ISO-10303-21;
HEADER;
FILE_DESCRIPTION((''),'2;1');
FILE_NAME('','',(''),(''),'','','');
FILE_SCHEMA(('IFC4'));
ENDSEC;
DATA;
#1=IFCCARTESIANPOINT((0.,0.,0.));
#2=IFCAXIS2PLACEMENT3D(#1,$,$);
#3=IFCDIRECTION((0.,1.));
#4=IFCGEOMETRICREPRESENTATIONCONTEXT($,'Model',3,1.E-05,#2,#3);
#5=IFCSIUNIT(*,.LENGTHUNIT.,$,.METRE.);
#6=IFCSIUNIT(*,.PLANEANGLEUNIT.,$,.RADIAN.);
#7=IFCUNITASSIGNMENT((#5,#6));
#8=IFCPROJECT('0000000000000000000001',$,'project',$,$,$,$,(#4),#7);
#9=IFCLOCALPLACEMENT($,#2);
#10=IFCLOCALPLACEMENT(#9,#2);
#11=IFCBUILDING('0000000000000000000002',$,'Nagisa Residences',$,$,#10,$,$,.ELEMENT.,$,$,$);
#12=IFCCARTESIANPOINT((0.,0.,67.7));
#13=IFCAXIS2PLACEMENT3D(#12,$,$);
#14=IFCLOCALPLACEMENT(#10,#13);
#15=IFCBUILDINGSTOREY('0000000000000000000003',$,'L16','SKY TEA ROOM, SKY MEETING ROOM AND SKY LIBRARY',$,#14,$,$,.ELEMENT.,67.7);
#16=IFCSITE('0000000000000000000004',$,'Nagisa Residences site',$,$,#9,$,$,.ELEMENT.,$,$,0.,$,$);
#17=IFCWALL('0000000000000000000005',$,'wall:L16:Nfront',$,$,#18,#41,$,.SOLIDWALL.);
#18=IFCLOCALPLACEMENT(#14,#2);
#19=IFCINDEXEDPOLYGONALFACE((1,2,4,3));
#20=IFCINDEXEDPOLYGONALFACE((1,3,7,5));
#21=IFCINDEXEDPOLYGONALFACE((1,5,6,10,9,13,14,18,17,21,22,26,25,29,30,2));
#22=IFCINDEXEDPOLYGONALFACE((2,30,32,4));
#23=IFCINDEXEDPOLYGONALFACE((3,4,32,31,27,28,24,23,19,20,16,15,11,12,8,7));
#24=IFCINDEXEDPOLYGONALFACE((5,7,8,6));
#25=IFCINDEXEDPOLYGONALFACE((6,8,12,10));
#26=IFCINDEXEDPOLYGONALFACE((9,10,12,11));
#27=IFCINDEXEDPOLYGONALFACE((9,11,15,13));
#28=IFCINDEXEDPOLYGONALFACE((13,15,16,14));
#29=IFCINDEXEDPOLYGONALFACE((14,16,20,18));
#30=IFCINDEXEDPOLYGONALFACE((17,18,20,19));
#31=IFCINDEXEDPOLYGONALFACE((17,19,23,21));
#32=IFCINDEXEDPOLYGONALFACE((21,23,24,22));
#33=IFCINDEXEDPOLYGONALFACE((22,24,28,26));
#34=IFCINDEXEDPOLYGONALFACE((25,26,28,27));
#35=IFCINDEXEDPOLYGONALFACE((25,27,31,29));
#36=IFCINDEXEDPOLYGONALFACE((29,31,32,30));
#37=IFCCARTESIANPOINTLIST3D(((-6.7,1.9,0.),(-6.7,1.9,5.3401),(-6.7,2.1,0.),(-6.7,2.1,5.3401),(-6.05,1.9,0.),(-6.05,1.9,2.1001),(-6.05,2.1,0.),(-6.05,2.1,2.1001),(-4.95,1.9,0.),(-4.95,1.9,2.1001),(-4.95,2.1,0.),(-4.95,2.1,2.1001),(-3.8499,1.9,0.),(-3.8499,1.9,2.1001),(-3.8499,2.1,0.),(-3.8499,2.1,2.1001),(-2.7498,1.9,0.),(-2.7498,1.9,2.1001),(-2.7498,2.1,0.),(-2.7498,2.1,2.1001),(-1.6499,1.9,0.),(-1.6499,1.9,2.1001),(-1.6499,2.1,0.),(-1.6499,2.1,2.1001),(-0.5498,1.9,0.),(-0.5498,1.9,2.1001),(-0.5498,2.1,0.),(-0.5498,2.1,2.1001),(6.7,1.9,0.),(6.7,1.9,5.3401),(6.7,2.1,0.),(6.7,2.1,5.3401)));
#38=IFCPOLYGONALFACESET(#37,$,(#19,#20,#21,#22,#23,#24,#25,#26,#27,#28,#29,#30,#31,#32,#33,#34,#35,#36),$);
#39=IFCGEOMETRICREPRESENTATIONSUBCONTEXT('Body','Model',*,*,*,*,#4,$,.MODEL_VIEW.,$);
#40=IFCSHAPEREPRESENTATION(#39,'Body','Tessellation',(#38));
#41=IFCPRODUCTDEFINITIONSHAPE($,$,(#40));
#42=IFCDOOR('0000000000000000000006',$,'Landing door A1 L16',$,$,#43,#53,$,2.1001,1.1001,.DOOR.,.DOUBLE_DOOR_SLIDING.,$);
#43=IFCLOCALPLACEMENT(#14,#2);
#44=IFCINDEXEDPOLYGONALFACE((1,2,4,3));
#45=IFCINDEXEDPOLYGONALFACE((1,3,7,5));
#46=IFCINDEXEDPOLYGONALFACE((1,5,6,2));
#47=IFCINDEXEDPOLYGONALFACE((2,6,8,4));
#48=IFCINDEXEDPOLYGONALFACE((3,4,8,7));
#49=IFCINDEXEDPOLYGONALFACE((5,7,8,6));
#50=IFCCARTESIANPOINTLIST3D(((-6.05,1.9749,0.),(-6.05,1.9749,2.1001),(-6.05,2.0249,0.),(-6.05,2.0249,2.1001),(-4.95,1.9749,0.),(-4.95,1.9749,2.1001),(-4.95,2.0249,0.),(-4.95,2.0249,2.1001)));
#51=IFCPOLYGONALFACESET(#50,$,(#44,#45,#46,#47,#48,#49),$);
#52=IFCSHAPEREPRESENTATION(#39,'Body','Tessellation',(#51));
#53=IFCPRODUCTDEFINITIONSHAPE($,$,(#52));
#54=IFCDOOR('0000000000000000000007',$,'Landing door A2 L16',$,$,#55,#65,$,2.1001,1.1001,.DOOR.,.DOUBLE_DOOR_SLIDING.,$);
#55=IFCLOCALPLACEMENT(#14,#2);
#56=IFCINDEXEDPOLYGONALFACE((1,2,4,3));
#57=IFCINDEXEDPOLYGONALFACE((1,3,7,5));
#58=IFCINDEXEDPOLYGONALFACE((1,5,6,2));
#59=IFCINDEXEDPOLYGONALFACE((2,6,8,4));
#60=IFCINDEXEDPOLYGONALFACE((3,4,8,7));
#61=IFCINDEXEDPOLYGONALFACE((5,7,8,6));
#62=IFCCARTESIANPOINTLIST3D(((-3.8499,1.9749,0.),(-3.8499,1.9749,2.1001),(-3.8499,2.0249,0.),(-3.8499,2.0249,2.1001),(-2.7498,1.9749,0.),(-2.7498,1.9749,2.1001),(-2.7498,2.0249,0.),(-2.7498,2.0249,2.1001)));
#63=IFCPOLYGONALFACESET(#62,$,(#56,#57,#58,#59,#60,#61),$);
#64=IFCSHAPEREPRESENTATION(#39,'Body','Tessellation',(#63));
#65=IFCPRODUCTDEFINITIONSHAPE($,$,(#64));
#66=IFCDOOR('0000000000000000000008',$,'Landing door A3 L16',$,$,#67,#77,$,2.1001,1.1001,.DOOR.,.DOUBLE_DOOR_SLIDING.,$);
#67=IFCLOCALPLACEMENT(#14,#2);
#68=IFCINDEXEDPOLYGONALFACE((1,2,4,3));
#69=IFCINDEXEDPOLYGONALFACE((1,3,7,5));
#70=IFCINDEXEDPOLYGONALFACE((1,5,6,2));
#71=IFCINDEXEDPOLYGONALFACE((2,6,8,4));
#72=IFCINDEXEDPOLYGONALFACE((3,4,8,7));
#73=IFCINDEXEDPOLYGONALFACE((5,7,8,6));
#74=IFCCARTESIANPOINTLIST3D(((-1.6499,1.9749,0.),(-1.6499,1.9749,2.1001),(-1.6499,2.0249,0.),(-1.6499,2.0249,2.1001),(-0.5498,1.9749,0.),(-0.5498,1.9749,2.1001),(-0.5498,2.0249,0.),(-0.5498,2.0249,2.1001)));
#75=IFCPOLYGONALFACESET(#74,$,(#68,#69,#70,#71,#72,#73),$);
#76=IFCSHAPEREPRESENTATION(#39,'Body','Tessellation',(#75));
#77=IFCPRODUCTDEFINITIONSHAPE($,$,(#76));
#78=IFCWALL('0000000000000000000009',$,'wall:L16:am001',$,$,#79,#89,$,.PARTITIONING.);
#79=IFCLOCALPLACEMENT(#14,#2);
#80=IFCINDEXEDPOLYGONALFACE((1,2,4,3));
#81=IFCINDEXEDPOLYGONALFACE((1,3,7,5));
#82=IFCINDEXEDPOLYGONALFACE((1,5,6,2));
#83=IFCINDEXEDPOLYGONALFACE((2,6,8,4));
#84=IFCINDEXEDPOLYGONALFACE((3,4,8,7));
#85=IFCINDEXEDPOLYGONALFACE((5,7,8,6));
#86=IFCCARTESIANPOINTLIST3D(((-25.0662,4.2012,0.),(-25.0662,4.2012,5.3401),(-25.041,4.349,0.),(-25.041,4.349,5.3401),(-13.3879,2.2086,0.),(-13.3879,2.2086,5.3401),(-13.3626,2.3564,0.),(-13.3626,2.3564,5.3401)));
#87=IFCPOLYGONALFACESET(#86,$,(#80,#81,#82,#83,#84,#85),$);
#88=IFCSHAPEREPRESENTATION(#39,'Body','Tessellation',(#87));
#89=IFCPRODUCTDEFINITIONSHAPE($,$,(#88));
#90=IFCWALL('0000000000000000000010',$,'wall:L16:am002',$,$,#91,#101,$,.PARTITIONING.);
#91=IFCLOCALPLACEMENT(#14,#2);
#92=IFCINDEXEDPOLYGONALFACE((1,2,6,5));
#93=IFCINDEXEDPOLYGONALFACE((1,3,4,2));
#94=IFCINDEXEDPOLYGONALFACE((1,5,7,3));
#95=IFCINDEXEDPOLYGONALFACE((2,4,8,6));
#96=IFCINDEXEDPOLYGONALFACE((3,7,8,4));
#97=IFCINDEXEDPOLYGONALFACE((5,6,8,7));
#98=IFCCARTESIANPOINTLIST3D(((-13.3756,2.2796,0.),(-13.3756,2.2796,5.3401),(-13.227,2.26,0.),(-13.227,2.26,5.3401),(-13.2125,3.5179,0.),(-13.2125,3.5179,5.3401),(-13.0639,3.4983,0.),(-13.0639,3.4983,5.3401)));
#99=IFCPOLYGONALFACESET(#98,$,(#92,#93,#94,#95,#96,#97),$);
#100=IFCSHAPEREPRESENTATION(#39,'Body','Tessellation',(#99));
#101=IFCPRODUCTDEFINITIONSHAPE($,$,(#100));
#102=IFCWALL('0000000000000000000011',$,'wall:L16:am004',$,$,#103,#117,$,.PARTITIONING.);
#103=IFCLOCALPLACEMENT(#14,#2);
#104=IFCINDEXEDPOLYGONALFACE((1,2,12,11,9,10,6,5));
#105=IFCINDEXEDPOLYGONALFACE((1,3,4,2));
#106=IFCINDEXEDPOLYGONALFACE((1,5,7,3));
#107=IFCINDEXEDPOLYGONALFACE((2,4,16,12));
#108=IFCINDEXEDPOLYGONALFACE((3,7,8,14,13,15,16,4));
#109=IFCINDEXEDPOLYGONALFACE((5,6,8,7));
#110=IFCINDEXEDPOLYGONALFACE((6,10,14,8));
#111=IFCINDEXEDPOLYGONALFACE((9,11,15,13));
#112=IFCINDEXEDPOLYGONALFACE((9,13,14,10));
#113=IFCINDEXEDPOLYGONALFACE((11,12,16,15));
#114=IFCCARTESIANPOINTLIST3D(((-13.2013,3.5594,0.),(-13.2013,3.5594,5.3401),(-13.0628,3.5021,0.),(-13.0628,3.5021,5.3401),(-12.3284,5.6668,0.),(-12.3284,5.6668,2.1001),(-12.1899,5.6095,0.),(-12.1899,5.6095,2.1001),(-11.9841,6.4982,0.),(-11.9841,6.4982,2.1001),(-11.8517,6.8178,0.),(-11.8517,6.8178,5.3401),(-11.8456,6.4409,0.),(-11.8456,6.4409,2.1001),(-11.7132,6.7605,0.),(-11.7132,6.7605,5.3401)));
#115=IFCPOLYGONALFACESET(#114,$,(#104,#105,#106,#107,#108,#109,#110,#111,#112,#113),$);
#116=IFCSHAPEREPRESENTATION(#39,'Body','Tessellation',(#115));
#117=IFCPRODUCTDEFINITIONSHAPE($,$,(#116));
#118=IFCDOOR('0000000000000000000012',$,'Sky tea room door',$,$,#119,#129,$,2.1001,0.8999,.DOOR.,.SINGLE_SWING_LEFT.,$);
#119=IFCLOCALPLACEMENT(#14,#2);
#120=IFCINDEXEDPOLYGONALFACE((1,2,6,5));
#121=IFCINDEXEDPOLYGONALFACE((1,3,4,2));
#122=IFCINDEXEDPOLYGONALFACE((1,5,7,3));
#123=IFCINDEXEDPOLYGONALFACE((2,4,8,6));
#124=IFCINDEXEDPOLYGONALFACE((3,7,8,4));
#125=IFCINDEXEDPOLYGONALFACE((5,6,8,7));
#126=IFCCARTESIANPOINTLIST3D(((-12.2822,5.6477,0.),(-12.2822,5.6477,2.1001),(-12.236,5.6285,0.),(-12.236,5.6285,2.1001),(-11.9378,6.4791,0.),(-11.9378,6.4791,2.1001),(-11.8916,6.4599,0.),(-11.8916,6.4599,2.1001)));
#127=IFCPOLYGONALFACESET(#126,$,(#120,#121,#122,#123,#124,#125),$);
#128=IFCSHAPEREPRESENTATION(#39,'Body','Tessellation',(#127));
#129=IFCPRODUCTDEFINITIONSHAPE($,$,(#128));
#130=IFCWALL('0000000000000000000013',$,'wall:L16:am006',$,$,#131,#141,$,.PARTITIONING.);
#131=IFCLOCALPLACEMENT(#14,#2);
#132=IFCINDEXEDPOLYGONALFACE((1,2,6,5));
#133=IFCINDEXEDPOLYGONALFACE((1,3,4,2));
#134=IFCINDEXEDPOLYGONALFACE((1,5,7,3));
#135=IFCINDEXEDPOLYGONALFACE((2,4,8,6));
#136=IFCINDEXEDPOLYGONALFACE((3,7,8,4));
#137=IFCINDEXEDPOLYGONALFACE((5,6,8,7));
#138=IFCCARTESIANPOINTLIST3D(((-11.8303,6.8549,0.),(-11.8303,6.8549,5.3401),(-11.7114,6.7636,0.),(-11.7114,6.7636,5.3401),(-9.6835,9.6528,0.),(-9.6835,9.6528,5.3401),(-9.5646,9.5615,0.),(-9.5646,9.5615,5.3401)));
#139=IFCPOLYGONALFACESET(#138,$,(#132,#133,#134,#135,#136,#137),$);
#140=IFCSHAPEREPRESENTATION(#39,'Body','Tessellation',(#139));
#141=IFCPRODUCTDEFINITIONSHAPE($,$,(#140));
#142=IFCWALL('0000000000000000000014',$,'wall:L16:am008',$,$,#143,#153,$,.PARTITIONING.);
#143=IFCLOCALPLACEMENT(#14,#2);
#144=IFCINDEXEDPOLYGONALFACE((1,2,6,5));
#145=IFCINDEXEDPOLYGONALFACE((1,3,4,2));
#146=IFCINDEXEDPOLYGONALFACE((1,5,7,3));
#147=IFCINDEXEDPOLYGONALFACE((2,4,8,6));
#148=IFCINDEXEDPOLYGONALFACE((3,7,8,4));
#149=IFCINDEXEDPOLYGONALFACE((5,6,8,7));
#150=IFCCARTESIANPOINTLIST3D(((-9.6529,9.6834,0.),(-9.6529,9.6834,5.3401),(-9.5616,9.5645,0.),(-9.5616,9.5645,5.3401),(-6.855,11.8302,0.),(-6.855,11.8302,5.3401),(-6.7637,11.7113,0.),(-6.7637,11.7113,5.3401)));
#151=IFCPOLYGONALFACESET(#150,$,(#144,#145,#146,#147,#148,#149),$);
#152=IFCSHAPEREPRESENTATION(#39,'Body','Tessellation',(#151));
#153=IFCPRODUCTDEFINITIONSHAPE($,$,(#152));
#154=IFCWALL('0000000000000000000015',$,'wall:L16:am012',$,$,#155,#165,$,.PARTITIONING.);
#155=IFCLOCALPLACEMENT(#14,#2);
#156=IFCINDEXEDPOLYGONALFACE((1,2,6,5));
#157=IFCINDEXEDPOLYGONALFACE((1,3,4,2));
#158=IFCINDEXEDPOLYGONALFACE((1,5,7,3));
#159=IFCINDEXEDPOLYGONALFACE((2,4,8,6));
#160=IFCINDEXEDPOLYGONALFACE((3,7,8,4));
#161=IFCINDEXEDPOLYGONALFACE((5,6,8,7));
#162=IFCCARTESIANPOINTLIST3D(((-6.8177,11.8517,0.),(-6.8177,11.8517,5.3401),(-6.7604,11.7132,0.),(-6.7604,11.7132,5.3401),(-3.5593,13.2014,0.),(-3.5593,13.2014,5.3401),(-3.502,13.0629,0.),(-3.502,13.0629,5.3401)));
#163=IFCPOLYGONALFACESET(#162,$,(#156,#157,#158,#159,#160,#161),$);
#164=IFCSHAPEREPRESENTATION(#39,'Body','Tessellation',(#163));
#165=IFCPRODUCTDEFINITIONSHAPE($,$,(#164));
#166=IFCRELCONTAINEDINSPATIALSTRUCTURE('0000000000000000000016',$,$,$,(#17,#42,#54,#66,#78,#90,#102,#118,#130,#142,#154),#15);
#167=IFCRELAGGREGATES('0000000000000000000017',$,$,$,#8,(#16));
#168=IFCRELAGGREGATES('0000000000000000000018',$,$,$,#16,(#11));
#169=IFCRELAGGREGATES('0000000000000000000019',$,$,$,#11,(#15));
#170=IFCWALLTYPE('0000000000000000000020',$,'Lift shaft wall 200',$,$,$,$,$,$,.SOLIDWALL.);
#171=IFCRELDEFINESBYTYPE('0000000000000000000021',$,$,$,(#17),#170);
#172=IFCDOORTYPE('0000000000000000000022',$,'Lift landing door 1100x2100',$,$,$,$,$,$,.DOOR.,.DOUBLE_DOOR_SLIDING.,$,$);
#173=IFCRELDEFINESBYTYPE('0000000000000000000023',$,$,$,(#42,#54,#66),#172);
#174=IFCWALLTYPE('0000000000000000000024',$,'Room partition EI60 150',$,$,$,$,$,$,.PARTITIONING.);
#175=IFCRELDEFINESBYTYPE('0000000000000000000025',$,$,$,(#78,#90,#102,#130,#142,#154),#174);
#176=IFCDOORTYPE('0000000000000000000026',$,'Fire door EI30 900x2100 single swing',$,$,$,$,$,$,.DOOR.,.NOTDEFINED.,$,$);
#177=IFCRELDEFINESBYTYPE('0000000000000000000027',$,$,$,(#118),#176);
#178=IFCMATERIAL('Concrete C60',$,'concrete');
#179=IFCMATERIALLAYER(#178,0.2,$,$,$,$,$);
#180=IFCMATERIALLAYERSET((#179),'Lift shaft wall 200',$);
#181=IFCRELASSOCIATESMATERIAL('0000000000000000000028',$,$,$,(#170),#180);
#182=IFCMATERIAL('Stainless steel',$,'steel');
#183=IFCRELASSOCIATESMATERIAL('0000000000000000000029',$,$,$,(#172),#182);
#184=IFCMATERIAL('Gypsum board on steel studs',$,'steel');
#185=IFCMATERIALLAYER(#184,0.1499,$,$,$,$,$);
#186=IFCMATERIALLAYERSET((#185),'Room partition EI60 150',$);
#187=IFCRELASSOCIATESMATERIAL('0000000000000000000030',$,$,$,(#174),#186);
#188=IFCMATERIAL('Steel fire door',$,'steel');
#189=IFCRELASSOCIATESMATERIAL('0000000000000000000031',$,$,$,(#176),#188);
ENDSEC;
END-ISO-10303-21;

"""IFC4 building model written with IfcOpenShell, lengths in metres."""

from ifc_helpers import new_model, si_unit, direction, frame, frame_2d, origin, place, context, subcontext, project, spatial, rectangle, extrude, material, layer, layer_set, type_object, element, fill, save


model = new_model("IFC4")

# Units and contexts
model_context = context("Model", 3, precision=1e-05, world=origin(), true_north=direction((0.0, 1.0)))
body_context = subcontext(model_context, "Body", "Model", "MODEL_VIEW")
ifc_project = project(units=[si_unit("LENGTHUNIT", "METRE"), si_unit("PLANEANGLEUNIT", "RADIAN")], contexts=[model_context])

# Site, building, storey
site_placement = place(None, origin())
site = spatial("IfcSite", under=ifc_project, at=site_placement, Name="Nagisa Residences site", CompositionType="ELEMENT", RefElevation=0.0)
building_placement = place(site_placement, origin())
building = spatial("IfcBuilding", under=site, at=building_placement, Name="Nagisa Residences", CompositionType="ELEMENT")
storey_placement = place(building_placement, frame((0.0, 0.0, 67.7)))
storey = spatial("IfcBuildingStorey", under=building, at=storey_placement, Name="L16", Description="SKY TEA ROOM, SKY MEETING ROOM AND SKY LIBRARY", CompositionType="ELEMENT", Elevation=67.7)

# Wall, openings, doors
ifc_material_1 = material(Name="Concrete C60", Category="concrete")
ifc_layer_1 = layer(ifc_material_1, 0.2)
ifc_layer_set_1 = layer_set([ifc_layer_1], Name="Lift shaft wall 200")
wall_type_1 = type_object("IfcWallType", Name="Lift shaft wall 200", PredefinedType="SOLIDWALL", material=ifc_layer_set_1)
wall_1_placement = place(storey_placement, frame((-6.7, 2.0, 0.0), z_axis=(0.0, 0.0, 1.0), x_axis=(1.0, 0.0, 0.0)))
wall_1 = element("IfcWall", 1, at=wall_1_placement, inside=storey, type_object=wall_type_1, Name="wall:L16:Nfront", PredefinedType="SOLIDWALL", context=body_context, shape_type="SweptSolid", body=[
    extrude(rectangle(XDim=13.3999, YDim=0.2, at=frame_2d((6.7, 0.0))), origin(), (0.0, 0.0, 1.0), 5.3401),
])
opening_1_placement = place(wall_1_placement, frame((0.6499, 0.0, 0.0)))
opening_1 = element("IfcOpeningElement", 2, at=opening_1_placement, cuts=wall_1, PredefinedType="OPENING", context=body_context, shape_type="SweptSolid", body=[
    extrude(rectangle(XDim=1.1001, YDim=2.1001, at=frame_2d((0.55, 1.05))), frame((0.0, 0.1099, 0.0), z_axis=(0.0, -1.0, 0.0), x_axis=(1.0, 0.0, 0.0)), (0.0, 0.0, 1.0), 0.22),
])
opening_2_placement = place(wall_1_placement, frame((2.8501, 0.0, 0.0)))
opening_2 = element("IfcOpeningElement", 3, at=opening_2_placement, cuts=wall_1, PredefinedType="OPENING", context=body_context, shape_type="SweptSolid", body=[
    extrude(rectangle(XDim=1.1001, YDim=2.1001, at=frame_2d((0.55, 1.05))), frame((0.0, 0.1099, 0.0), z_axis=(0.0, -1.0, 0.0), x_axis=(1.0, 0.0, 0.0)), (0.0, 0.0, 1.0), 0.22),
])
opening_3_placement = place(wall_1_placement, frame((5.05, 0.0, 0.0)))
opening_3 = element("IfcOpeningElement", 4, at=opening_3_placement, cuts=wall_1, PredefinedType="OPENING", context=body_context, shape_type="SweptSolid", body=[
    extrude(rectangle(XDim=1.1001, YDim=2.1001, at=frame_2d((0.55, 1.05))), frame((0.0, 0.1099, 0.0), z_axis=(0.0, -1.0, 0.0), x_axis=(1.0, 0.0, 0.0)), (0.0, 0.0, 1.0), 0.22),
])
ifc_material_2 = material(Name="Stainless steel", Category="steel")
door_type_1 = type_object("IfcDoorType", Name="Lift landing door 1100x2100", OperationType="DOUBLE_DOOR_SLIDING", PredefinedType="DOOR", material=ifc_material_2)
door_1_placement = place(opening_1_placement, origin())
door_1 = element("IfcDoor", 5, at=door_1_placement, inside=storey, type_object=door_type_1, Name="Landing door A1 L16", OperationType="DOUBLE_DOOR_SLIDING", OverallHeight=2.1001, OverallWidth=1.1001, PredefinedType="DOOR", context=body_context, shape_type="SweptSolid", body=[
    extrude(rectangle(XDim=1.1001, YDim=2.1001, at=frame_2d((0.55, 1.05))), frame((0.0, 0.0249, 0.0), z_axis=(0.0, -1.0, 0.0), x_axis=(1.0, 0.0, 0.0)), (0.0, 0.0, 1.0), 0.05),
])
fill(opening_1, door_1)
door_2_placement = place(opening_2_placement, origin())
door_2 = element("IfcDoor", 6, at=door_2_placement, inside=storey, type_object=door_type_1, Name="Landing door A2 L16", OperationType="DOUBLE_DOOR_SLIDING", OverallHeight=2.1001, OverallWidth=1.1001, PredefinedType="DOOR", context=body_context, shape_type="SweptSolid", body=[
    extrude(rectangle(XDim=1.1001, YDim=2.1001, at=frame_2d((0.55, 1.05))), frame((0.0, 0.0249, 0.0), z_axis=(0.0, -1.0, 0.0), x_axis=(1.0, 0.0, 0.0)), (0.0, 0.0, 1.0), 0.05),
])
fill(opening_2, door_2)
door_3_placement = place(opening_3_placement, origin())
door_3 = element("IfcDoor", 7, at=door_3_placement, inside=storey, type_object=door_type_1, Name="Landing door A3 L16", OperationType="DOUBLE_DOOR_SLIDING", OverallHeight=2.1001, OverallWidth=1.1001, PredefinedType="DOOR", context=body_context, shape_type="SweptSolid", body=[
    extrude(rectangle(XDim=1.1001, YDim=2.1001, at=frame_2d((0.55, 1.05))), frame((0.0, 0.0249, 0.0), z_axis=(0.0, -1.0, 0.0), x_axis=(1.0, 0.0, 0.0)), (0.0, 0.0, 1.0), 0.05),
])
fill(opening_3, door_3)

# Walls
ifc_material_3 = material(Name="Gypsum board on steel studs", Category="steel")
ifc_layer_2 = layer(ifc_material_3, 0.1499)
ifc_layer_set_2 = layer_set([ifc_layer_2], Name="Room partition EI60 150")
wall_type_2 = type_object("IfcWallType", Name="Room partition EI60 150", PredefinedType="PARTITIONING", material=ifc_layer_set_2)
wall_2_placement = place(storey_placement, frame((-13.3752, 2.2825, 0.0), z_axis=(0.0, 0.0, 1.0), x_axis=(-0.985753, 0.168197, 0.0)))
element("IfcWall", 8, at=wall_2_placement, inside=storey, type_object=wall_type_2, Name="wall:L16:am001", PredefinedType="PARTITIONING", context=body_context, shape_type="SweptSolid", body=[
    extrude(rectangle(XDim=11.8472, YDim=0.1499, at=frame_2d((5.9236, 0.0))), origin(), (0.0, 0.0, 1.0), 5.3401),
])
wall_3_placement = place(storey_placement, frame((-13.3013, 2.2698, 0.0), z_axis=(0.0, 0.0, 1.0), x_axis=(0.130576, 0.991438, 0.0)))
element("IfcWall", 9, at=wall_3_placement, inside=storey, type_object=wall_type_2, Name="wall:L16:am002", PredefinedType="PARTITIONING", context=body_context, shape_type="SweptSolid", body=[
    extrude(rectangle(XDim=1.249, YDim=0.1499, at=frame_2d((0.6245, 0.0))), origin(), (0.0, 0.0, 1.0), 5.3401),
])

# Wall, opening, door
wall_4_placement = place(storey_placement, frame((-13.1321, 3.5308, 0.0), z_axis=(0.0, 0.0, 1.0), x_axis=(0.382678, 0.923882, 0.0)))
wall_4 = element("IfcWall", 10, at=wall_4_placement, inside=storey, type_object=wall_type_2, Name="wall:L16:am004", PredefinedType="PARTITIONING", context=body_context, shape_type="SweptSolid", body=[
    extrude(rectangle(XDim=3.5269, YDim=0.1499, at=frame_2d((1.7634, 0.0))), origin(), (0.0, 0.0, 1.0), 5.3401),
])
opening_4_placement = place(wall_4_placement, frame((2.281, 0.0, 0.0)))
opening_4 = element("IfcOpeningElement", 11, at=opening_4_placement, cuts=wall_4, PredefinedType="OPENING", context=body_context, shape_type="SweptSolid", body=[
    extrude(rectangle(XDim=0.8999, YDim=2.1001, at=frame_2d((0.45, 1.05))), frame((0.0, 0.085, 0.0), z_axis=(0.0, -1.0, 0.0), x_axis=(1.0, 0.0, 0.0)), (0.0, 0.0, 1.0), 0.1699),
])
ifc_material_4 = material(Name="Steel fire door", Category="steel")
door_type_2 = type_object("IfcDoorType", Name="Fire door EI30 900x2100 single swing", OperationType="NOTDEFINED", PredefinedType="DOOR", material=ifc_material_4)
door_4_placement = place(opening_4_placement, origin())
door_4 = element("IfcDoor", 12, at=door_4_placement, inside=storey, type_object=door_type_2, Name="Sky tea room door", OperationType="SINGLE_SWING_LEFT", OverallHeight=2.1001, OverallWidth=0.8999, PredefinedType="DOOR", context=body_context, shape_type="SweptSolid", body=[
    extrude(rectangle(XDim=0.8999, YDim=2.1001, at=frame_2d((0.45, 1.05))), frame((0.0, 0.0249, 0.0), z_axis=(0.0, -1.0, 0.0), x_axis=(1.0, 0.0, 0.0)), (0.0, 0.0, 1.0), 0.05),
])
fill(opening_4, door_4)

# Walls
for number, where, z_axis, x_axis, name in (
    (13, (-11.7708, 6.8093, 0.0), (0.0, 0.0, 1.0), (0.608737, 0.793372, 0.0), "wall:L16:am006"),
    (14, (-9.6072, 9.624, 0.0), (0.0, 0.0, 1.0), (0.793372, 0.608737, 0.0), "wall:L16:am008"),
):
    element("IfcWall", number, at=place(storey_placement, frame(where, z_axis=z_axis, x_axis=x_axis)), inside=storey, type_object=wall_type_2, Name=name, PredefinedType="PARTITIONING", context=body_context, shape_type="SweptSolid", body=[
        extrude(rectangle(XDim=3.5266, YDim=0.1499, at=frame_2d((1.7632, 0.0))), origin(), (0.0, 0.0, 1.0), 5.3401),
    ])
wall_5_placement = place(storey_placement, frame((-6.7891, 11.7825, 0.0), z_axis=(0.0, 0.0, 1.0), x_axis=(0.923882, 0.382678, 0.0)))
element("IfcWall", 15, at=wall_5_placement, inside=storey, type_object=wall_type_2, Name="wall:L16:am012", PredefinedType="PARTITIONING", context=body_context, shape_type="SweptSolid", body=[
    extrude(rectangle(XDim=3.5269, YDim=0.1499, at=frame_2d((1.7634, 0.0))), origin(), (0.0, 0.0, 1.0), 5.3401),
])

save(model, "model.ifc")
